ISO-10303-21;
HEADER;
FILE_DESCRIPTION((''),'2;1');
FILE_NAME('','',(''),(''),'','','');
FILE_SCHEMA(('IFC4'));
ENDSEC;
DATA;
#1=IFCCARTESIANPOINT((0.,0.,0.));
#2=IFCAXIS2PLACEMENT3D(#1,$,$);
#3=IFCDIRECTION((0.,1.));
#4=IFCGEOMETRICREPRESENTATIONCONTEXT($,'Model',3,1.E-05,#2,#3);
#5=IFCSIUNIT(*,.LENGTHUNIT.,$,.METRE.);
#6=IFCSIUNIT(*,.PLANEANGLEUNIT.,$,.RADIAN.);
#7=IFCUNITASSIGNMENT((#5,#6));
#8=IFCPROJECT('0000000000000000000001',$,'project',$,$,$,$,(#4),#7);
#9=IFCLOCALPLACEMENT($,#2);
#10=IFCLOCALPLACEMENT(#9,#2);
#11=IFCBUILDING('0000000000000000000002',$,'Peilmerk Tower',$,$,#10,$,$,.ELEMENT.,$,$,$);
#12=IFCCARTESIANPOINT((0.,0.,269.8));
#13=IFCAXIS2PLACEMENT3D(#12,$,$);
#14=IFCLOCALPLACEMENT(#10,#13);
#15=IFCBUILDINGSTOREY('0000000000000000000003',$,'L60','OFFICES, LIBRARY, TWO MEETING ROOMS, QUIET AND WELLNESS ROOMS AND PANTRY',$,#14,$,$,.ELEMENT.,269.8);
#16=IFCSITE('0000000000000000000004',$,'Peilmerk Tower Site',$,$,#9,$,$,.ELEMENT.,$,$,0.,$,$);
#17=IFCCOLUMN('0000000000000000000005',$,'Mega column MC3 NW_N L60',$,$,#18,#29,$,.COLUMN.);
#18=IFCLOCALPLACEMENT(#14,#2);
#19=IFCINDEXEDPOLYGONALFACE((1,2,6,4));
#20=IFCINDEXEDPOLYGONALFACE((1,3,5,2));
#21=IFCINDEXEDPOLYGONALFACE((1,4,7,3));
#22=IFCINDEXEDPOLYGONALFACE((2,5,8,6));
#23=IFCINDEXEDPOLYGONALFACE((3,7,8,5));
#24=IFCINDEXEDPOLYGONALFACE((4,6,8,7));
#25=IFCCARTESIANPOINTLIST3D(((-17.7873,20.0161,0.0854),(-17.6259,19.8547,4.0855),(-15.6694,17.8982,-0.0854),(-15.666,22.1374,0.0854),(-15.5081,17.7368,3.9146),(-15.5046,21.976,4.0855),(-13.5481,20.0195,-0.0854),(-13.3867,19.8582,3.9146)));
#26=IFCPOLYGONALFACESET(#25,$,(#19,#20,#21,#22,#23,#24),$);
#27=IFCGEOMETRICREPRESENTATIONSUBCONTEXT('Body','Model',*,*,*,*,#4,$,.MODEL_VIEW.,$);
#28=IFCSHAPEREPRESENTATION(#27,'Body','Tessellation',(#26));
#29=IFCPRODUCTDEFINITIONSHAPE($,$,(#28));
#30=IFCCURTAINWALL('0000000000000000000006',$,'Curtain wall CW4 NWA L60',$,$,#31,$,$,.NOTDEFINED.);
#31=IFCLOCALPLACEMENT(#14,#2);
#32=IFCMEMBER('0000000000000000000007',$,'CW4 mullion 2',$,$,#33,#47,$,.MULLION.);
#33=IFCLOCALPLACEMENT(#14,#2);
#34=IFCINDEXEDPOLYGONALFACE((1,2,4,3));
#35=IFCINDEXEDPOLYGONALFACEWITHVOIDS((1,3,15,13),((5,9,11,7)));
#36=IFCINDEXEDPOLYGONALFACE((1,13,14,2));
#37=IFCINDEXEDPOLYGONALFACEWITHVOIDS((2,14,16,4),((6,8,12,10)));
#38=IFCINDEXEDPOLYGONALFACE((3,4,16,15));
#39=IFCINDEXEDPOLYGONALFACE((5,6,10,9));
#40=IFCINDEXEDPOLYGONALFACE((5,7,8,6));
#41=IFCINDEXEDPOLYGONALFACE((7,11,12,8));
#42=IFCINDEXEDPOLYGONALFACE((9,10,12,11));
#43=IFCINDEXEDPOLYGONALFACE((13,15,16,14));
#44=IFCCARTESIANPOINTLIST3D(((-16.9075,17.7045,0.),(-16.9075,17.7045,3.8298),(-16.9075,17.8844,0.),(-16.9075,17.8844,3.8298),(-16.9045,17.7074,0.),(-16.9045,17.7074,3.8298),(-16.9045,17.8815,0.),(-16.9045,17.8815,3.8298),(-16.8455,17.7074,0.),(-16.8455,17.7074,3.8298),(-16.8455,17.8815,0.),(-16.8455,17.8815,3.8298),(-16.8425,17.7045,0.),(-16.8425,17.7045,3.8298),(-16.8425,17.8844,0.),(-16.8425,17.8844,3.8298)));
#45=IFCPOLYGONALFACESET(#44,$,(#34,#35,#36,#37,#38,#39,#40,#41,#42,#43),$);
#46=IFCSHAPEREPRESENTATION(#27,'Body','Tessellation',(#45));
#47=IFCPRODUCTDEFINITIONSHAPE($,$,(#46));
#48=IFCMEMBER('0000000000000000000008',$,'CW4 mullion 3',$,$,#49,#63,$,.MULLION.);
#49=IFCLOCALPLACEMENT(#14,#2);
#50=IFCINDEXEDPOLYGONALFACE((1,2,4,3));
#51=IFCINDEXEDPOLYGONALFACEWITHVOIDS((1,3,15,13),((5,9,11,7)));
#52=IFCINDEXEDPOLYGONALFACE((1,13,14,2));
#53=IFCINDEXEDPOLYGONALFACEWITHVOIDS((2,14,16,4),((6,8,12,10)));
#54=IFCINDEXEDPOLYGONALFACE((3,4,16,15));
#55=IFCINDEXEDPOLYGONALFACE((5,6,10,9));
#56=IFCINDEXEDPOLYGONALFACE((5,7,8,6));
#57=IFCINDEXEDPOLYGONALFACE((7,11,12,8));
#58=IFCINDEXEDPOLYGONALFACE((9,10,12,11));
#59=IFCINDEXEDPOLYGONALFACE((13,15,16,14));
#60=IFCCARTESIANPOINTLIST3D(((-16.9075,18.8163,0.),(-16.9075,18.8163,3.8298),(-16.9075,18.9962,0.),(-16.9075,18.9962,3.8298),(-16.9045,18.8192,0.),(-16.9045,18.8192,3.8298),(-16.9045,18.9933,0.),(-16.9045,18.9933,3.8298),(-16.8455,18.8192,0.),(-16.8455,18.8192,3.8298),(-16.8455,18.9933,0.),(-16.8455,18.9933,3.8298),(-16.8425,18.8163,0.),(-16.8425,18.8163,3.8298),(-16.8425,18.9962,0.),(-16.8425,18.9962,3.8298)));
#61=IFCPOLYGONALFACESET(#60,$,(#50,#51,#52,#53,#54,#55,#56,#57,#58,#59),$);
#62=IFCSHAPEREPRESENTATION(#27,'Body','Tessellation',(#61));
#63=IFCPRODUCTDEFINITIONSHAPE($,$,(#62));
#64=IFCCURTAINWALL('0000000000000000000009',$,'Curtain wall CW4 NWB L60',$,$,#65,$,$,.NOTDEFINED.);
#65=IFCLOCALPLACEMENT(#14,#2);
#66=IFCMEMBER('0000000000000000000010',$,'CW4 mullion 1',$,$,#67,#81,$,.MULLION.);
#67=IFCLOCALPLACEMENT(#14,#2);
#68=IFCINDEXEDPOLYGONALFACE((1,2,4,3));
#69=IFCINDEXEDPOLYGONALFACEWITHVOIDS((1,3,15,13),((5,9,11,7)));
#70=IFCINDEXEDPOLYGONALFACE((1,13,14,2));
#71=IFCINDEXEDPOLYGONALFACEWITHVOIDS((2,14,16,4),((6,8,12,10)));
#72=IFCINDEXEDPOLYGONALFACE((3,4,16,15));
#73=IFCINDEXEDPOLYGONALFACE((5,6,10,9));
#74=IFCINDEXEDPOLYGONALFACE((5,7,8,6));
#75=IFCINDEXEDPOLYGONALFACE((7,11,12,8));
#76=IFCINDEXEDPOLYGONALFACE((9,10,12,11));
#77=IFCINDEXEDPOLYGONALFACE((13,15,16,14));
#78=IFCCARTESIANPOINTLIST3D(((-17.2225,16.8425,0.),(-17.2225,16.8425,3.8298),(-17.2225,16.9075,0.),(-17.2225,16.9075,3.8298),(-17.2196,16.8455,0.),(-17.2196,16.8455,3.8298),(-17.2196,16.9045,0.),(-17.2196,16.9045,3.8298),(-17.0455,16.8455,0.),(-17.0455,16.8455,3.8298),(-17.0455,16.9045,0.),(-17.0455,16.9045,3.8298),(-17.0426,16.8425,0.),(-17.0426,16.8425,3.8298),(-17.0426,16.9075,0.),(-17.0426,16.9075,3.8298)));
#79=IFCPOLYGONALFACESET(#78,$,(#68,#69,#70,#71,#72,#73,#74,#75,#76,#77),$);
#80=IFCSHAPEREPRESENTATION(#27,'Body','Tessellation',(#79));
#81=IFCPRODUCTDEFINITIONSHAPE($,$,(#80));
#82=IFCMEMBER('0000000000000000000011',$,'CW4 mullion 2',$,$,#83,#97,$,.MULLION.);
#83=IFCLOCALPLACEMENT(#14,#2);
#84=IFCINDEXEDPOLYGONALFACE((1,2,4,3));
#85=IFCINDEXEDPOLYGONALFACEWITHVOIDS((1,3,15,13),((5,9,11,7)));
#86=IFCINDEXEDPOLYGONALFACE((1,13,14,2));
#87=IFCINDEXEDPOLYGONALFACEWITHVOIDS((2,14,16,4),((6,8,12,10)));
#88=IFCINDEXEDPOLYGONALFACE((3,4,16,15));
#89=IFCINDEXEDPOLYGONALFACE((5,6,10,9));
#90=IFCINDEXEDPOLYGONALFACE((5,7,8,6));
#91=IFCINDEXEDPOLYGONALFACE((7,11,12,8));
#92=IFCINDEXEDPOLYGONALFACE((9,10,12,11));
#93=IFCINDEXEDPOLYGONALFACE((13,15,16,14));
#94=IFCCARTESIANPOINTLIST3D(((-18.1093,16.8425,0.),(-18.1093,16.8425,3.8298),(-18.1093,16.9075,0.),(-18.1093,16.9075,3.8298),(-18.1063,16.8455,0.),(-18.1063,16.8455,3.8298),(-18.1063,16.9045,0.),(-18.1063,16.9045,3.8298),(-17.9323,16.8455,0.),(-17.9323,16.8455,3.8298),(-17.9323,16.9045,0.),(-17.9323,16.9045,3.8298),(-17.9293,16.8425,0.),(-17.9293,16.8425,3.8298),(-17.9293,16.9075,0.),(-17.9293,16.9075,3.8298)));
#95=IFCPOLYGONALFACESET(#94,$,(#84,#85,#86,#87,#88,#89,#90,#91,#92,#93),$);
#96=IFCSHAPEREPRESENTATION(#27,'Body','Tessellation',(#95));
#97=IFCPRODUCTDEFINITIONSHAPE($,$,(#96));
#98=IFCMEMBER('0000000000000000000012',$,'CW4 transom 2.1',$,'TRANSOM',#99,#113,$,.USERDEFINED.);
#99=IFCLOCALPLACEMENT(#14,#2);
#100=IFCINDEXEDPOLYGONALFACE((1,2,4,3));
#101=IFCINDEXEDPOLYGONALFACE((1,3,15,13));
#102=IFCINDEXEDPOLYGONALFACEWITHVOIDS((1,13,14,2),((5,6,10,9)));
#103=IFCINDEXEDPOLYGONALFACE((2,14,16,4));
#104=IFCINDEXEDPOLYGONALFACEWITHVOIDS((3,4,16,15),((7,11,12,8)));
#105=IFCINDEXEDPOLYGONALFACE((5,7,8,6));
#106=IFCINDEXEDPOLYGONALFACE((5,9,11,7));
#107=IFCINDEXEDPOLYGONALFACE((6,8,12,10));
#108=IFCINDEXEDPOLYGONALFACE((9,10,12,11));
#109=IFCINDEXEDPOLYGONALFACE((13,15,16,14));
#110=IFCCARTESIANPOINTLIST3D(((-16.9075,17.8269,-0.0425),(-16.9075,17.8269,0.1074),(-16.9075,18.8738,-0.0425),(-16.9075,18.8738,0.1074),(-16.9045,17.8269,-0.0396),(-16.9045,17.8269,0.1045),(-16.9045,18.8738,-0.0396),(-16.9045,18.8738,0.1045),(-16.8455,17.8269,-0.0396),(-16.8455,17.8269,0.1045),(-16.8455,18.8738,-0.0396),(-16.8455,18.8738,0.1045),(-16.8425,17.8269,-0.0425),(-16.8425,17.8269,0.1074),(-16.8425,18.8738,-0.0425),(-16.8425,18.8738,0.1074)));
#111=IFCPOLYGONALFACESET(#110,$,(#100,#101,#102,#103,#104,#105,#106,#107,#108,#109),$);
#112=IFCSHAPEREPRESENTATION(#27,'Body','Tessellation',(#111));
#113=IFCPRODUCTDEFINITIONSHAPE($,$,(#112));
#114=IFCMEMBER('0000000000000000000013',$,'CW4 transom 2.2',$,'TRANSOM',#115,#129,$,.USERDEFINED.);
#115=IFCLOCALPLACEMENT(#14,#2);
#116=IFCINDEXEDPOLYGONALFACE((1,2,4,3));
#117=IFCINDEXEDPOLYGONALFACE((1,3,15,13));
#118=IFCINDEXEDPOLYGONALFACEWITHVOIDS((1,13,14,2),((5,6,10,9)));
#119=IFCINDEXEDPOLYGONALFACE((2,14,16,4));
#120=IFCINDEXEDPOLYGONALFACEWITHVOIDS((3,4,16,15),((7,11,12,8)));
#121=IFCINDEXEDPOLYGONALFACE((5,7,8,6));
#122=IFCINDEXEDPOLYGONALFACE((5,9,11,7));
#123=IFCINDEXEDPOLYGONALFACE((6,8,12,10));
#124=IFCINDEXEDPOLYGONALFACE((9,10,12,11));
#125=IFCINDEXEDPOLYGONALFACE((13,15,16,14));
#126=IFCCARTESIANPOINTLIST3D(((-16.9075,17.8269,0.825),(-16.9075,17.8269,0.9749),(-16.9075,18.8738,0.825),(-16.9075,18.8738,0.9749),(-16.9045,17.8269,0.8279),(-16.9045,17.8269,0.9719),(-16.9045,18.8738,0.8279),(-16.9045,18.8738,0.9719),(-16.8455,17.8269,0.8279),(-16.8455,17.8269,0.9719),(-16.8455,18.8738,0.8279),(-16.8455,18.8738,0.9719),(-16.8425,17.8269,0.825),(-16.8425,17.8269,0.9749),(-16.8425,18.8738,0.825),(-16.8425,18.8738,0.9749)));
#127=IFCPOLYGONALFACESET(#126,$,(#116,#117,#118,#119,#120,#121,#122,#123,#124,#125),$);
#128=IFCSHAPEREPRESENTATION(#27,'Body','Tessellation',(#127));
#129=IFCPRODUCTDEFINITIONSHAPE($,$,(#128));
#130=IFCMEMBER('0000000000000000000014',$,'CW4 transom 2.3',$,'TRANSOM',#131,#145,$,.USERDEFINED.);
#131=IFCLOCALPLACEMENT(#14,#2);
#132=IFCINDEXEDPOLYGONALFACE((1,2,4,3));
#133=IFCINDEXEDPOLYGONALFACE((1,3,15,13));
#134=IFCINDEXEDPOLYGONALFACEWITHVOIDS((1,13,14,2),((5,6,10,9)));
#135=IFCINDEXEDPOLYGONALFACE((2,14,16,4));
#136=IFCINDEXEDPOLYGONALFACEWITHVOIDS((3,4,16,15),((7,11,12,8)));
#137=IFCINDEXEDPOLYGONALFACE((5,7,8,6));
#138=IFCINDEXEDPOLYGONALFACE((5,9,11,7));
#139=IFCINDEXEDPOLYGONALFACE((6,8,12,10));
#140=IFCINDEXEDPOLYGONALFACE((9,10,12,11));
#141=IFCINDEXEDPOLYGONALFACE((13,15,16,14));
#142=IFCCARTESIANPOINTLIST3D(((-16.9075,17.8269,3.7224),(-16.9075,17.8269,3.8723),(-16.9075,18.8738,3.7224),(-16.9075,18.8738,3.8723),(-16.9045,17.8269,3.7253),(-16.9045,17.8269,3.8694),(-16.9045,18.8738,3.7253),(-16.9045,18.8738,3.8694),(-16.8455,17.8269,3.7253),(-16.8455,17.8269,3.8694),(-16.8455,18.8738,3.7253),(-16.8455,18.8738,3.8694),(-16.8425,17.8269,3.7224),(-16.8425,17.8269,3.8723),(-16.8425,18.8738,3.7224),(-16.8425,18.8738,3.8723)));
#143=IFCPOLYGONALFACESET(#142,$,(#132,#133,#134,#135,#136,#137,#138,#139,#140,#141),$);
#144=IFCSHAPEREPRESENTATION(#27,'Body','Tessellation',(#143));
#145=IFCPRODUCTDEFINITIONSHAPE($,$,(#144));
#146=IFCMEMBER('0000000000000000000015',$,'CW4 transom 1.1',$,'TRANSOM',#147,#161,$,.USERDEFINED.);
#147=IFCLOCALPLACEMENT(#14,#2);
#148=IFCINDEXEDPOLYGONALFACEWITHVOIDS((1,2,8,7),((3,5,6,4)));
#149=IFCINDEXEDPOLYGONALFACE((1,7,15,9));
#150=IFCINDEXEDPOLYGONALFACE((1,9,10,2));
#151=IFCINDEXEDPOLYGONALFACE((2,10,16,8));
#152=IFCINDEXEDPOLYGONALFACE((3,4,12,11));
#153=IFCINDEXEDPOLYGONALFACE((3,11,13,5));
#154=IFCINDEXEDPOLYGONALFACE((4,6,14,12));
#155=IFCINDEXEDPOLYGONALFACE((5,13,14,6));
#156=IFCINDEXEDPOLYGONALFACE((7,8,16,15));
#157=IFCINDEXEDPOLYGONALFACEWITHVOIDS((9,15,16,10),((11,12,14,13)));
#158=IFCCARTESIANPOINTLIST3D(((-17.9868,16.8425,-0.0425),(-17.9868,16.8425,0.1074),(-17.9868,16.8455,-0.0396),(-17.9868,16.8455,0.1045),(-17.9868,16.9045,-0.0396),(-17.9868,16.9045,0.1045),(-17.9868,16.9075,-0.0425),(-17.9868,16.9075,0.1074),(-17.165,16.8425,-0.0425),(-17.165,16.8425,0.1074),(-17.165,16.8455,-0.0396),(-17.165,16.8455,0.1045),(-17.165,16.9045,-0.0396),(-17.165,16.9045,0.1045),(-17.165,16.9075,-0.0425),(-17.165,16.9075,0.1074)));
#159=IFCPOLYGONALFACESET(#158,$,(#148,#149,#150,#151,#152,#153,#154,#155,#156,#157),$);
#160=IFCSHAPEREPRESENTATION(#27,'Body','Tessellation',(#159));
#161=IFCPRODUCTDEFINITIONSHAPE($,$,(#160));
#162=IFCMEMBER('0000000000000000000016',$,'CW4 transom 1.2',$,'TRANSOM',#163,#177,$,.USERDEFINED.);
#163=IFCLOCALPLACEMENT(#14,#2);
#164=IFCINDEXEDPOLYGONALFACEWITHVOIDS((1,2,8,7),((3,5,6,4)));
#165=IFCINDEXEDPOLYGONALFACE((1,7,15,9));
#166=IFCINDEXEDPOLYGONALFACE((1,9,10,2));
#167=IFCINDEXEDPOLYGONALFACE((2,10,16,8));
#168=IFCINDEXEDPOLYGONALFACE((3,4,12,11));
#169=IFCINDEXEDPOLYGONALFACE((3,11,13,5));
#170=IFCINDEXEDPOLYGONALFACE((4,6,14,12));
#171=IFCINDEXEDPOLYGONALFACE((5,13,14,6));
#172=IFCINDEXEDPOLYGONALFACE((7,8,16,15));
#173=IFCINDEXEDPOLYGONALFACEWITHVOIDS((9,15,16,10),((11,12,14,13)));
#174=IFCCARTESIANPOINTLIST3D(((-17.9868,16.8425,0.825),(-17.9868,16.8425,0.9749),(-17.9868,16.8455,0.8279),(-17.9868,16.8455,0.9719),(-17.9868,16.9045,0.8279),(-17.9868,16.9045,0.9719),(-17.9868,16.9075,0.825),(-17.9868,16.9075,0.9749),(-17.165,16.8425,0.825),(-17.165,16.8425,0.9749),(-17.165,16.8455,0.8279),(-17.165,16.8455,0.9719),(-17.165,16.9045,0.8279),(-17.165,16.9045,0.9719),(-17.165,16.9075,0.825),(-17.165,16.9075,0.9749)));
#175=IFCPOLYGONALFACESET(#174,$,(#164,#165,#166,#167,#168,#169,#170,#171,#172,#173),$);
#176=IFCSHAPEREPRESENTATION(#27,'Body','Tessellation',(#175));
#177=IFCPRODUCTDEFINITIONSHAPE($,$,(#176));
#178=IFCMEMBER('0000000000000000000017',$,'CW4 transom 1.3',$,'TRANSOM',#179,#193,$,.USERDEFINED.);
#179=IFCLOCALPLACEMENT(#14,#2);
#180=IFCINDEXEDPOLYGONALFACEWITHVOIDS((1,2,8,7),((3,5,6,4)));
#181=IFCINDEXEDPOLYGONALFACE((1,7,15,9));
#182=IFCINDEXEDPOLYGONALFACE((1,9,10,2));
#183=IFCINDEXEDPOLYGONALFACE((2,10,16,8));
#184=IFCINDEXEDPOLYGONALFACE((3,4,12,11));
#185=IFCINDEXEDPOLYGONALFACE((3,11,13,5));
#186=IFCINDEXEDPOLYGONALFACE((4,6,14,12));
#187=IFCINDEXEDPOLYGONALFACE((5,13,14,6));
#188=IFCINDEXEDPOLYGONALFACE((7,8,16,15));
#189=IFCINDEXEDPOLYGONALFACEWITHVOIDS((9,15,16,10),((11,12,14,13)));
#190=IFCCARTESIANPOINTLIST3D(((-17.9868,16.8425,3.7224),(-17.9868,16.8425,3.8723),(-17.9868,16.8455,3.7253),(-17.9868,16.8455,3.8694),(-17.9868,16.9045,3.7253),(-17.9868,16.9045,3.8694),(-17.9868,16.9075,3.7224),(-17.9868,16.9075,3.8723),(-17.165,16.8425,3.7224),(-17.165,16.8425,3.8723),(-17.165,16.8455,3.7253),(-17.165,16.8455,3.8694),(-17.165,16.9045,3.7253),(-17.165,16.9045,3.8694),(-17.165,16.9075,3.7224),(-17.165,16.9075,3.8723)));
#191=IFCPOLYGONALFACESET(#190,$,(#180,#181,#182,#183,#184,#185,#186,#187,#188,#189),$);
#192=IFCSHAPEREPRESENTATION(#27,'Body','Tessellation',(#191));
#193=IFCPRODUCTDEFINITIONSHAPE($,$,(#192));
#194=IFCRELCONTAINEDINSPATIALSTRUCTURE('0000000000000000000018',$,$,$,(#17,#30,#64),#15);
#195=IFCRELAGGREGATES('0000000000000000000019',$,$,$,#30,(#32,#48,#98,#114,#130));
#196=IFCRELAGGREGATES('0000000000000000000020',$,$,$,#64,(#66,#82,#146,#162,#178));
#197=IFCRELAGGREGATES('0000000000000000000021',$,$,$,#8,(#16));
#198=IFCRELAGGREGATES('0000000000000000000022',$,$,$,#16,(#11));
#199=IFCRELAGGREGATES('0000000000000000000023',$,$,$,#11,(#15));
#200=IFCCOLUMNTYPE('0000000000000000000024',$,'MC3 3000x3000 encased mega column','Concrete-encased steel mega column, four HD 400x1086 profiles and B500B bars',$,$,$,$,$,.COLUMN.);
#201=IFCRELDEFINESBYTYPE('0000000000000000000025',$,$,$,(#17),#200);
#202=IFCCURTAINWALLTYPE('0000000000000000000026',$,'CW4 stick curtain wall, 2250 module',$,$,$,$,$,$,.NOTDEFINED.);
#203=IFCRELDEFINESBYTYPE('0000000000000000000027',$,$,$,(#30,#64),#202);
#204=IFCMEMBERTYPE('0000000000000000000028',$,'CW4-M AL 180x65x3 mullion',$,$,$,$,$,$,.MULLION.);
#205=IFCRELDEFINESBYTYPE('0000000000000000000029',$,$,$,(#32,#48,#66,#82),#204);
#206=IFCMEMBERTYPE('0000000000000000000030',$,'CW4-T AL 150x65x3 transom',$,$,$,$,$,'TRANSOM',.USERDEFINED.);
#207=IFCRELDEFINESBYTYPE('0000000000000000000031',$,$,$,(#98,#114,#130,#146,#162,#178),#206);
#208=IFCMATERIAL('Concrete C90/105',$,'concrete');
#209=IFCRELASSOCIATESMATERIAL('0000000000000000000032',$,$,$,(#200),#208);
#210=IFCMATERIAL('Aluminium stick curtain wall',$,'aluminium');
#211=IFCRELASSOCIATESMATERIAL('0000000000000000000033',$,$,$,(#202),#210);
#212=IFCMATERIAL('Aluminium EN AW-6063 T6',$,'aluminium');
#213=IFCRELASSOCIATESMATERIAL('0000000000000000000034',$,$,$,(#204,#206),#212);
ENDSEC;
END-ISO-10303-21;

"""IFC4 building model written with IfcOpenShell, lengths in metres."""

from ifc_helpers import new_model, si_unit, direction, frame, origin, origin_2d, place, context, subcontext, project, spatial, rectangle, hollow_rectangle, extrude, material, material_profile, profile_set, type_object, element, aggregate, save


model = new_model("IFC4")

# Units and contexts
model_context = context("Model", 3, precision=1e-05, world=origin(), true_north=direction((0.0, 1.0)))
body_context = subcontext(model_context, "Body", "Model", "MODEL_VIEW")
ifc_project = project(units=[si_unit("LENGTHUNIT", "METRE"), si_unit("PLANEANGLEUNIT", "RADIAN")], contexts=[model_context])

# Site, building, storey
site_placement = place(None, origin())
site = spatial("IfcSite", under=ifc_project, at=site_placement, Name="Peilmerk Tower Site", CompositionType="ELEMENT", RefElevation=0.0)
building_placement = place(site_placement, origin())
building = spatial("IfcBuilding", under=site, at=building_placement, Name="Peilmerk Tower", CompositionType="ELEMENT")
storey_placement = place(building_placement, frame((0.0, 0.0, 269.8)))
storey = spatial("IfcBuildingStorey", under=building, at=storey_placement, Name="L60", Description="OFFICES, LIBRARY, TWO MEETING ROOMS, QUIET AND WELLNESS ROOMS AND PANTRY", CompositionType="ELEMENT", Elevation=269.8)

# Column
ifc_material_1 = material(Name="Concrete C90/105", Category="concrete")
ifc_material_profile_1 = material_profile(ifc_material_1, rectangle(XDim=3.0, YDim=3.0, at=origin_2d()), Name="RC 3000x3000")
ifc_profile_set_1 = profile_set([ifc_material_profile_1], Name="Concrete C90/105")
column_type = type_object("IfcColumnType", Name="MC3 3000x3000 encased mega column", Description="Concrete-encased steel mega column, four HD 400x1086 profiles and B500B bars", PredefinedType="COLUMN", material=ifc_profile_set_1)
column_placement = place(storey_placement, frame((-15.6677, 20.0178, 0.0), z_axis=(0.040279, -0.040279, 0.998376), x_axis=(0.707107, 0.707107, 0.0)))
element("IfcColumn", 1, at=column_placement, inside=storey, type_object=column_type, Name="Mega column MC3 NW_N L60", PredefinedType="COLUMN", context=body_context, shape_type="SweptSolid", body=[
    extrude(rectangle(XDim=3.0, YDim=3.0, at=origin_2d()), origin(), (0.0, 0.0, 1.0), 4.0066),
])

# Curtain walls, members
ifc_material_2 = material(Name="Aluminium stick curtain wall", Category="aluminium")
curtain_wall_type = type_object("IfcCurtainWallType", Name="CW4 stick curtain wall, 2250 module", PredefinedType="NOTDEFINED", material=ifc_material_2)
curtain_wall_1_placement = place(storey_placement, origin())
curtain_wall_1 = element("IfcCurtainWall", 2, at=curtain_wall_1_placement, inside=storey, type_object=curtain_wall_type, Name="Curtain wall CW4 NWA L60", PredefinedType="NOTDEFINED")
ifc_material_3 = material(Name="Aluminium EN AW-6063 T6", Category="aluminium")
ifc_material_profile_2 = material_profile(ifc_material_3, hollow_rectangle(XDim=0.0649, YDim=0.1799, WallThickness=0.0029, at=origin_2d()), Name="AL 180x65x3")
ifc_profile_set_2 = profile_set([ifc_material_profile_2], Name="Aluminium EN AW-6063 T6")
member_type_1 = type_object("IfcMemberType", Name="CW4-M AL 180x65x3 mullion", PredefinedType="MULLION", material=ifc_profile_set_2)
member_1_placement = place(storey_placement, frame((-16.875, 17.7944, 0.0), z_axis=(0.0, 0.0, 1.0), x_axis=(-1.0, 0.0, 0.0)))
member_1 = element("IfcMember", 3, at=member_1_placement, type_object=member_type_1, Name="CW4 mullion 2", PredefinedType="MULLION", context=body_context, shape_type="SweptSolid", body=[
    extrude(hollow_rectangle(XDim=0.0649, YDim=0.1799, WallThickness=0.0029, at=origin_2d()), origin(), (0.0, 0.0, 1.0), 3.8298),
])
member_2_placement = place(storey_placement, frame((-16.875, 18.9062, 0.0), z_axis=(0.0, 0.0, 1.0), x_axis=(-1.0, 0.0, 0.0)))
member_2 = element("IfcMember", 4, at=member_2_placement, type_object=member_type_1, Name="CW4 mullion 3", PredefinedType="MULLION", context=body_context, shape_type="SweptSolid", body=[
    extrude(hollow_rectangle(XDim=0.0649, YDim=0.1799, WallThickness=0.0029, at=origin_2d()), origin(), (0.0, 0.0, 1.0), 3.8298),
])
curtain_wall_2_placement = place(storey_placement, origin())
curtain_wall_2 = element("IfcCurtainWall", 5, at=curtain_wall_2_placement, inside=storey, type_object=curtain_wall_type, Name="Curtain wall CW4 NWB L60", PredefinedType="NOTDEFINED")
member_3_placement = place(storey_placement, frame((-17.1326, 16.875, 0.0), z_axis=(0.0, 0.0, 1.0), x_axis=(0.0, -1.0, 0.0)))
member_3 = element("IfcMember", 6, at=member_3_placement, type_object=member_type_1, Name="CW4 mullion 1", PredefinedType="MULLION", context=body_context, shape_type="SweptSolid", body=[
    extrude(hollow_rectangle(XDim=0.0649, YDim=0.1799, WallThickness=0.0029, at=origin_2d()), origin(), (0.0, 0.0, 1.0), 3.8298),
])
member_4_placement = place(storey_placement, frame((-18.0193, 16.875, 0.0), z_axis=(0.0, 0.0, 1.0), x_axis=(0.0, -1.0, 0.0)))
member_4 = element("IfcMember", 7, at=member_4_placement, type_object=member_type_1, Name="CW4 mullion 2", PredefinedType="MULLION", context=body_context, shape_type="SweptSolid", body=[
    extrude(hollow_rectangle(XDim=0.0649, YDim=0.1799, WallThickness=0.0029, at=origin_2d()), origin(), (0.0, 0.0, 1.0), 3.8298),
])

# Members
ifc_material_profile_3 = material_profile(ifc_material_3, hollow_rectangle(XDim=0.0649, YDim=0.1499, WallThickness=0.0029, at=origin_2d()), Name="AL 150x65x3")
ifc_profile_set_3 = profile_set([ifc_material_profile_3], Name="Aluminium EN AW-6063 T6")
member_type_2 = type_object("IfcMemberType", Name="CW4-T AL 150x65x3 transom", ElementType="TRANSOM", PredefinedType="USERDEFINED", material=ifc_profile_set_3)
member_5_placement = place(storey_placement, frame((-16.875, 17.8269, 0.0325), z_axis=(0.0, 1.0, 0.0), x_axis=(-1.0, 0.0, 0.0)))
member_5 = element("IfcMember", 8, at=member_5_placement, type_object=member_type_2, Name="CW4 transom 2.1", ObjectType="TRANSOM", PredefinedType="USERDEFINED", context=body_context, shape_type="SweptSolid", body=[
    extrude(hollow_rectangle(XDim=0.0649, YDim=0.1499, WallThickness=0.0029, at=origin_2d()), origin(), (0.0, 0.0, 1.0), 1.0469),
])
member_6_placement = place(storey_placement, frame((-16.875, 17.8269, 0.8999), z_axis=(0.0, 1.0, 0.0), x_axis=(-1.0, 0.0, 0.0)))
member_6 = element("IfcMember", 9, at=member_6_placement, type_object=member_type_2, Name="CW4 transom 2.2", ObjectType="TRANSOM", PredefinedType="USERDEFINED", context=body_context, shape_type="SweptSolid", body=[
    extrude(hollow_rectangle(XDim=0.0649, YDim=0.1499, WallThickness=0.0029, at=origin_2d()), origin(), (0.0, 0.0, 1.0), 1.0469),
])
member_7_placement = place(storey_placement, frame((-16.875, 17.8269, 3.7974), z_axis=(0.0, 1.0, 0.0), x_axis=(-1.0, 0.0, 0.0)))
member_7 = element("IfcMember", 10, at=member_7_placement, type_object=member_type_2, Name="CW4 transom 2.3", ObjectType="TRANSOM", PredefinedType="USERDEFINED", context=body_context, shape_type="SweptSolid", body=[
    extrude(hollow_rectangle(XDim=0.0649, YDim=0.1499, WallThickness=0.0029, at=origin_2d()), origin(), (0.0, 0.0, 1.0), 1.0469),
])
member_8_placement = place(storey_placement, frame((-17.165, 16.875, 0.0325), z_axis=(-1.0, 0.0, 0.0), x_axis=(0.0, -1.0, 0.0)))
member_8 = element("IfcMember", 11, at=member_8_placement, type_object=member_type_2, Name="CW4 transom 1.1", ObjectType="TRANSOM", PredefinedType="USERDEFINED", context=body_context, shape_type="SweptSolid", body=[
    extrude(hollow_rectangle(XDim=0.0649, YDim=0.1499, WallThickness=0.0029, at=origin_2d()), origin(), (0.0, 0.0, 1.0), 0.8218),
])
member_9_placement = place(storey_placement, frame((-17.165, 16.875, 0.8999), z_axis=(-1.0, 0.0, 0.0), x_axis=(0.0, -1.0, 0.0)))
member_9 = element("IfcMember", 12, at=member_9_placement, type_object=member_type_2, Name="CW4 transom 1.2", ObjectType="TRANSOM", PredefinedType="USERDEFINED", context=body_context, shape_type="SweptSolid", body=[
    extrude(hollow_rectangle(XDim=0.0649, YDim=0.1499, WallThickness=0.0029, at=origin_2d()), origin(), (0.0, 0.0, 1.0), 0.8218),
])
member_10_placement = place(storey_placement, frame((-17.165, 16.875, 3.7974), z_axis=(-1.0, 0.0, 0.0), x_axis=(0.0, -1.0, 0.0)))
member_10 = element("IfcMember", 13, at=member_10_placement, type_object=member_type_2, Name="CW4 transom 1.3", ObjectType="TRANSOM", PredefinedType="USERDEFINED", context=body_context, shape_type="SweptSolid", body=[
    extrude(hollow_rectangle(XDim=0.0649, YDim=0.1499, WallThickness=0.0029, at=origin_2d()), origin(), (0.0, 0.0, 1.0), 0.8218),
])

aggregate(curtain_wall_1, [member_1, member_2, member_5, member_6, member_7])
aggregate(curtain_wall_2, [member_3, member_4, member_8, member_9, member_10])

save(model, "model.ifc")
